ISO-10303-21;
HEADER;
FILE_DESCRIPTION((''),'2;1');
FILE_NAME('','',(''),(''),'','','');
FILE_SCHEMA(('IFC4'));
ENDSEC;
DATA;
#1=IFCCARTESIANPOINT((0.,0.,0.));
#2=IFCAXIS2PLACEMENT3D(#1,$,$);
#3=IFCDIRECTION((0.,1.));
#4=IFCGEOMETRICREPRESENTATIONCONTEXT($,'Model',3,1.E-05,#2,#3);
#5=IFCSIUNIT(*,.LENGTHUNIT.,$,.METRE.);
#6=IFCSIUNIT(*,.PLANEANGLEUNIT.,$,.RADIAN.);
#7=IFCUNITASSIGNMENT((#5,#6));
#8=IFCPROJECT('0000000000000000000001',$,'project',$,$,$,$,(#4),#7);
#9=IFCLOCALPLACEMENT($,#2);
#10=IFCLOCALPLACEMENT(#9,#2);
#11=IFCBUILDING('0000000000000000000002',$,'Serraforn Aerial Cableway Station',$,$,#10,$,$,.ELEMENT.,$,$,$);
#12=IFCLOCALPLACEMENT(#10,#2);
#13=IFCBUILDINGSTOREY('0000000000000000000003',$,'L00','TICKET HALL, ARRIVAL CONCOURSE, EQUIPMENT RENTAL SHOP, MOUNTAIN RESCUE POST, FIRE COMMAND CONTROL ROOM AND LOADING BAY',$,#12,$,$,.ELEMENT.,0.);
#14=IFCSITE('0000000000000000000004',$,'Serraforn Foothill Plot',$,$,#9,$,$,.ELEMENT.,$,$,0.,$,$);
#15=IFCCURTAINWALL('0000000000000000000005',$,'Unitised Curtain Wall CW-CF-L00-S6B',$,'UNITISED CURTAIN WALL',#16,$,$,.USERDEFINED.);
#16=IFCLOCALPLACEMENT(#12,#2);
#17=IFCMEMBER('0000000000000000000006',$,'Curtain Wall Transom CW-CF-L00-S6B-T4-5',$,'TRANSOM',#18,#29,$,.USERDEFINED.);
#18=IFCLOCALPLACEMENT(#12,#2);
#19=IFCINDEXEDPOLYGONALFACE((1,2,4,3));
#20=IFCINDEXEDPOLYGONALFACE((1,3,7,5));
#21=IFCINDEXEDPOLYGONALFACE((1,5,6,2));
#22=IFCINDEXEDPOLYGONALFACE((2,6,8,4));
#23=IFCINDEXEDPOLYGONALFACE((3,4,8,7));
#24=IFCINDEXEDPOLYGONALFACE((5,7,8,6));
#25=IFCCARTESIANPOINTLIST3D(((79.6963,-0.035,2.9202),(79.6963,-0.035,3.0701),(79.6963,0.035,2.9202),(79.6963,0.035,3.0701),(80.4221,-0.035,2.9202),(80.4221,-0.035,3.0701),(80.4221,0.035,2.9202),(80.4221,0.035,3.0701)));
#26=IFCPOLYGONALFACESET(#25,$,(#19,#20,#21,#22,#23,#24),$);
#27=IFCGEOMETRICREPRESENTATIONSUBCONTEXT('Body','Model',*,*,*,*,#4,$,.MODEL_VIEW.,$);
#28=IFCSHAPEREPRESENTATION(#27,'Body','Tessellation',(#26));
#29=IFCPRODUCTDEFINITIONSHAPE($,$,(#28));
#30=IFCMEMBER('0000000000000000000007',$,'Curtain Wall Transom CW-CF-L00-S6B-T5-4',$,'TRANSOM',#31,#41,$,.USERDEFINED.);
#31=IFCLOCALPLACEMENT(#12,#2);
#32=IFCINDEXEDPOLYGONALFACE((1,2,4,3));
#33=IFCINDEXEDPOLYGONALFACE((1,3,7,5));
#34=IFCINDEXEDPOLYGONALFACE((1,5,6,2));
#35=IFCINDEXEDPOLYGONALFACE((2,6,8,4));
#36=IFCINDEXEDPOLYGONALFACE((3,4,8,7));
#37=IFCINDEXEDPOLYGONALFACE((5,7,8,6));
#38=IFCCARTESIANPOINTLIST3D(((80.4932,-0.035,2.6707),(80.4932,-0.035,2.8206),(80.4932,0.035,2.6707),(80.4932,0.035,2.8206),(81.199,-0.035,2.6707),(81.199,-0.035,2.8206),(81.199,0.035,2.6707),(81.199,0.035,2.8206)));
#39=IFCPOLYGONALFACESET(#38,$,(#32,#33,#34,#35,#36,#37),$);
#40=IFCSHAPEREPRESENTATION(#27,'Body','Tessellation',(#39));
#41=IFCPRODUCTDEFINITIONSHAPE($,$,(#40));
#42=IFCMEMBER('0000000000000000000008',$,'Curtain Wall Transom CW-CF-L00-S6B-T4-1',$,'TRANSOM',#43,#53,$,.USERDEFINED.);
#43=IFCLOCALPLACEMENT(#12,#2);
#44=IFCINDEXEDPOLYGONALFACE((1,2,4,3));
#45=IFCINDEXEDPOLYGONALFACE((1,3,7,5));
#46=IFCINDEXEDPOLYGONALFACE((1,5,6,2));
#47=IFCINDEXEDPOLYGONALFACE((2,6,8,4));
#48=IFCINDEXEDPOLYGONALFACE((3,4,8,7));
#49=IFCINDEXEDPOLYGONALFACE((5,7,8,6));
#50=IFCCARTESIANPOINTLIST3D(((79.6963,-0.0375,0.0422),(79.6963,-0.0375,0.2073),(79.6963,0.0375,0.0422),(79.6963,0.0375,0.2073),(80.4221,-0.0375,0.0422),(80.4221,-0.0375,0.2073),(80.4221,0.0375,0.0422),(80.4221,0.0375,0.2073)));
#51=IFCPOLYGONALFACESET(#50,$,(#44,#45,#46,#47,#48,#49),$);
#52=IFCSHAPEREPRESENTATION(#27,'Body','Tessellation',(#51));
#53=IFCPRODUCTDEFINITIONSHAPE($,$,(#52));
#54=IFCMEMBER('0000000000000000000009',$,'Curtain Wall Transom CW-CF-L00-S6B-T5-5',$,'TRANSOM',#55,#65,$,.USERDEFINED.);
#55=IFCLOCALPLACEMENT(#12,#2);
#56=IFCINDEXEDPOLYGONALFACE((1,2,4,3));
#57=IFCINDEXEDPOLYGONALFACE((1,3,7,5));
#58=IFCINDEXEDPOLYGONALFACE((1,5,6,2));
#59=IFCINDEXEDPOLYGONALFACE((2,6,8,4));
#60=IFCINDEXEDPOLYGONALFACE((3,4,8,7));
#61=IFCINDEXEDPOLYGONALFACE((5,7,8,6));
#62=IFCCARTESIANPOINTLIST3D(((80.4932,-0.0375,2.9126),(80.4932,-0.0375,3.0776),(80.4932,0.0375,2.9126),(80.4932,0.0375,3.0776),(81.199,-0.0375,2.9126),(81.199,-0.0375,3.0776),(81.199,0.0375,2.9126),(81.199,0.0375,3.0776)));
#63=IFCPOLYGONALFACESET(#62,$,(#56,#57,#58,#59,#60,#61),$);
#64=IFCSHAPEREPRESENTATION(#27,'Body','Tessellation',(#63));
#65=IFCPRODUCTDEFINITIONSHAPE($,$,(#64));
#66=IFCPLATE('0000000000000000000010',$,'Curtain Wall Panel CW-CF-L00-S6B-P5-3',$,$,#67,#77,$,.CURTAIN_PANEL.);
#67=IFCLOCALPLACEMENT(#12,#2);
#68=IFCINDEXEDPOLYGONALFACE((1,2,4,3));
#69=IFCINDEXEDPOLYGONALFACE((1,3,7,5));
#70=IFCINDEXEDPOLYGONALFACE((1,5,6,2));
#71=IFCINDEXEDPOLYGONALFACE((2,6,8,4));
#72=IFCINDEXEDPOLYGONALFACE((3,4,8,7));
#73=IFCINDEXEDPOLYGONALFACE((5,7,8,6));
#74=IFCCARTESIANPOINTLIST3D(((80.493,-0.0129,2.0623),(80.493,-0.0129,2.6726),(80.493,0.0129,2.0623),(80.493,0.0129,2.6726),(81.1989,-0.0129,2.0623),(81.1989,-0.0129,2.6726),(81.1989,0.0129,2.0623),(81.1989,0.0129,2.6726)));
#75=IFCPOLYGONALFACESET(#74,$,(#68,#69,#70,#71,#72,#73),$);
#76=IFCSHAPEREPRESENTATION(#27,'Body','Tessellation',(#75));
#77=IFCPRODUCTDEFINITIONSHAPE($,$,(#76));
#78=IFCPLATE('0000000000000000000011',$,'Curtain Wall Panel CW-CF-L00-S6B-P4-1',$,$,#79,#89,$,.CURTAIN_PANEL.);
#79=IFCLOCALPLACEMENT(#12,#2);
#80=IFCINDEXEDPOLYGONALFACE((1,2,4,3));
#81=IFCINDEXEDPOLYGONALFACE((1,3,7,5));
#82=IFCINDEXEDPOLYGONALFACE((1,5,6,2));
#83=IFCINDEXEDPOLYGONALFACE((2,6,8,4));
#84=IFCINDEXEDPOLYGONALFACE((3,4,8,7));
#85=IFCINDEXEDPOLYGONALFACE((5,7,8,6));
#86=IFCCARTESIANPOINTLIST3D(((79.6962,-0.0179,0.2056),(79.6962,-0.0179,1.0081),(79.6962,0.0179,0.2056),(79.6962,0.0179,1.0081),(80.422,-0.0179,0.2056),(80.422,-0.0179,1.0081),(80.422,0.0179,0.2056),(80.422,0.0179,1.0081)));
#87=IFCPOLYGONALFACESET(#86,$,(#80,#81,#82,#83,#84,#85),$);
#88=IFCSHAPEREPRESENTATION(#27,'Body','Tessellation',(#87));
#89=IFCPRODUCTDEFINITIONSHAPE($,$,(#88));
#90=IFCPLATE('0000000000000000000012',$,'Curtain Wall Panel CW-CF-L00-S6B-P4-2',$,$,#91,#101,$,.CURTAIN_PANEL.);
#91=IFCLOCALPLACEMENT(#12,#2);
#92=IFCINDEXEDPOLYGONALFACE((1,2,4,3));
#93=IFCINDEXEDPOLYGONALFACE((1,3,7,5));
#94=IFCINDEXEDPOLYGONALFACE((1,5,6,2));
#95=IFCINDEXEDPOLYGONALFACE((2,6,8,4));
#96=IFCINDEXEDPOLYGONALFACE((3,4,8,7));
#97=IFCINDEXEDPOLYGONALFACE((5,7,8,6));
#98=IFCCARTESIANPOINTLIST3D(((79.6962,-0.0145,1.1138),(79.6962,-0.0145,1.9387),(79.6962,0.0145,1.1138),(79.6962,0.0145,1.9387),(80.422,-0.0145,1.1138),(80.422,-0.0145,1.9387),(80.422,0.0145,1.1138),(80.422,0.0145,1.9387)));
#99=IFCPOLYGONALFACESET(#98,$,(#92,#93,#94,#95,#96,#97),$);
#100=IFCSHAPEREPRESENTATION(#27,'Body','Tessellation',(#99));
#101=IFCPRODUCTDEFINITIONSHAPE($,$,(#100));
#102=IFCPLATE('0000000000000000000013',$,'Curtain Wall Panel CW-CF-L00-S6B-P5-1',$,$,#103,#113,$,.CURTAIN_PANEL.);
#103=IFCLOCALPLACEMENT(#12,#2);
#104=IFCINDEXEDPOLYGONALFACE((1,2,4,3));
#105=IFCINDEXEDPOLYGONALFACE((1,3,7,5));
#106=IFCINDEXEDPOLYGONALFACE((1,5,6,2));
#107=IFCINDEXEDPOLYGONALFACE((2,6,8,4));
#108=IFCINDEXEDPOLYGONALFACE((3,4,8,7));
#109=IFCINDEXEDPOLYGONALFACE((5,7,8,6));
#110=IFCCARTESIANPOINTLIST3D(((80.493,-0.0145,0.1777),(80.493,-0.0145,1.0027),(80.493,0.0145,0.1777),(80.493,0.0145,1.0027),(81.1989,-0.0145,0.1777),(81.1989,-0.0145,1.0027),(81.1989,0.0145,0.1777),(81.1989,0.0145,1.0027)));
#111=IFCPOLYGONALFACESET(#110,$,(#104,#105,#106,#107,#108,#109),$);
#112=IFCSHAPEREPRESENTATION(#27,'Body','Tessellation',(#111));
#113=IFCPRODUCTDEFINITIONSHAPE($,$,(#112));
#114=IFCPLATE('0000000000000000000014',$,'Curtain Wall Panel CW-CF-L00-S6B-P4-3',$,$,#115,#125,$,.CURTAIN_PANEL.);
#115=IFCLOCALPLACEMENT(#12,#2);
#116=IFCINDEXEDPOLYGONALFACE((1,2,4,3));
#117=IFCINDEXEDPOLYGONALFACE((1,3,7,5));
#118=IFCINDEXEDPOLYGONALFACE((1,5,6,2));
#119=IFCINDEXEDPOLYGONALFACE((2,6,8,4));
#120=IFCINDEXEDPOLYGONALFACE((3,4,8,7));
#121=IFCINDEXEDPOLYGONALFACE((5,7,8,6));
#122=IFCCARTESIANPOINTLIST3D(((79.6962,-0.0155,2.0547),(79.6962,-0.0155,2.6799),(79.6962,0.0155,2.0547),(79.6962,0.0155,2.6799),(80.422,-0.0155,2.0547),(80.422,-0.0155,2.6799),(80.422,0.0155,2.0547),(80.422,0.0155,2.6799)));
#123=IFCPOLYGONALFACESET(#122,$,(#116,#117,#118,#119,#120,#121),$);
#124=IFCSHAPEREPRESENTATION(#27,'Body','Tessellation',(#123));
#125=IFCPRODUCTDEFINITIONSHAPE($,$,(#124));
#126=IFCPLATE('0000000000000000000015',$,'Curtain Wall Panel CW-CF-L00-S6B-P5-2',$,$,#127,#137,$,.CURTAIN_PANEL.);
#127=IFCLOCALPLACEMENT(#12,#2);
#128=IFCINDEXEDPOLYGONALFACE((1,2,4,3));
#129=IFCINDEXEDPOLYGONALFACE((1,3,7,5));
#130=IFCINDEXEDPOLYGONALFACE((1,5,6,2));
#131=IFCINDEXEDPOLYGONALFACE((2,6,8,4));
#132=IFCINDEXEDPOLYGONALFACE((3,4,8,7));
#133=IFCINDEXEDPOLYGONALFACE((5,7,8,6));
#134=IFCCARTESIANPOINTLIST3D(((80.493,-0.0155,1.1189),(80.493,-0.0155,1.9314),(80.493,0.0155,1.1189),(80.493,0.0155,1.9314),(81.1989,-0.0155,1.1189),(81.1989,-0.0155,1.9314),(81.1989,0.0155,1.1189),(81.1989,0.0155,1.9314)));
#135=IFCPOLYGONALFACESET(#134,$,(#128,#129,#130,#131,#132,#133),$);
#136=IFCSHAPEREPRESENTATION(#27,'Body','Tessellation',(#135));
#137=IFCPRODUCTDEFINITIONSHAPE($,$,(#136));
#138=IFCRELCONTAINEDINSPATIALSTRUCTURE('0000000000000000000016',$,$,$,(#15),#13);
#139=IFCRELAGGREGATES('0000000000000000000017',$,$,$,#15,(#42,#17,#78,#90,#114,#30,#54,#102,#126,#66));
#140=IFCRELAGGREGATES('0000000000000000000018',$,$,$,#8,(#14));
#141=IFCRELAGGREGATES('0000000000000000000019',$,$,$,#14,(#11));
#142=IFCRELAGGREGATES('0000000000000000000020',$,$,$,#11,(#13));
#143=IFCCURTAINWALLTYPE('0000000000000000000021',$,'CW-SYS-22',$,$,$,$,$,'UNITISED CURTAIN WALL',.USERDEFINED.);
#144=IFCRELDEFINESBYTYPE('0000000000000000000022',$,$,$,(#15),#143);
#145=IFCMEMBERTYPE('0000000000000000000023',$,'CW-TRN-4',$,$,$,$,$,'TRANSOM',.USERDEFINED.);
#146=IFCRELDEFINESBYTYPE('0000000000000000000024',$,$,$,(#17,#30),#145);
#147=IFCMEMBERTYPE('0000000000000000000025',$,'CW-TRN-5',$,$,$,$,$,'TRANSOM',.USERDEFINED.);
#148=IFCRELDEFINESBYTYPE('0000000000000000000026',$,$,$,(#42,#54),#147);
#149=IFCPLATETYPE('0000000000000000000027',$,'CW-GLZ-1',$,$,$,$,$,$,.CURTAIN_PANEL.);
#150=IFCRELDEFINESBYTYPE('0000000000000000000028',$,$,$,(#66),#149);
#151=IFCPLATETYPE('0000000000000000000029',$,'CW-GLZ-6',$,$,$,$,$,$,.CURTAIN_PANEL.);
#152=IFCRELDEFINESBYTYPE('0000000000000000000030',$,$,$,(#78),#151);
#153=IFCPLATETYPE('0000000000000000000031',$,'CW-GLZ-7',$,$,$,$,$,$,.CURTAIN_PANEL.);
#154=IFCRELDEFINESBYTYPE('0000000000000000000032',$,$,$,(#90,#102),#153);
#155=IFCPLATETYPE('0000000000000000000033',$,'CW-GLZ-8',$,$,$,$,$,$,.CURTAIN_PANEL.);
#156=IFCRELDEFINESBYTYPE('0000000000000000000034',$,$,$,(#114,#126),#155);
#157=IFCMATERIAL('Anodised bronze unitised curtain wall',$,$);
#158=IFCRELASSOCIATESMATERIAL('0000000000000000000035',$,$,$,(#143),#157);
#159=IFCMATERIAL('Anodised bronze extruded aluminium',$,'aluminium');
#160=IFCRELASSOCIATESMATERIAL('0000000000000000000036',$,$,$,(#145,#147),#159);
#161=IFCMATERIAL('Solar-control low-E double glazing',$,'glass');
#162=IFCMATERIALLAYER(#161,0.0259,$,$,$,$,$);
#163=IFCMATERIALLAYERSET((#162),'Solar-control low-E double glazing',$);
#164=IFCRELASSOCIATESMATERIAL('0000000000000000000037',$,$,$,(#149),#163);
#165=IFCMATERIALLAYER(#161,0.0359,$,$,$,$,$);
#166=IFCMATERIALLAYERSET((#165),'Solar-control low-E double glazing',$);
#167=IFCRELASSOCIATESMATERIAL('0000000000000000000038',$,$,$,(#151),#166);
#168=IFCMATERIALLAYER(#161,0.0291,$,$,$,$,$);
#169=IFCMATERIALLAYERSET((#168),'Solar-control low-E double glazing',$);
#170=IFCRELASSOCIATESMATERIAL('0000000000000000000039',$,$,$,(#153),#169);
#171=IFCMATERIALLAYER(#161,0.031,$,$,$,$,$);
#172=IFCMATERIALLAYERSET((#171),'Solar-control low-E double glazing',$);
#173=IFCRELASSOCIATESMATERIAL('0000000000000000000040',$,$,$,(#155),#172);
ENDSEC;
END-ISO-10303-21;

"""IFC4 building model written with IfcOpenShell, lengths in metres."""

from ifc_helpers import new_model, si_unit, direction, frame, origin, origin_2d, place, context, subcontext, project, spatial, rectangle, extrude, material, layer, layer_set, material_profile, profile_set, type_object, element, aggregate, save


model = new_model("IFC4")

# Units and contexts
model_context = context("Model", 3, precision=1e-05, world=origin(), true_north=direction((0.0, 1.0)))
body_context = subcontext(model_context, "Body", "Model", "MODEL_VIEW")
ifc_project = project(units=[si_unit("LENGTHUNIT", "METRE"), si_unit("PLANEANGLEUNIT", "RADIAN")], contexts=[model_context])

# Site, building, storey
site_placement = place(None, origin())
site = spatial("IfcSite", under=ifc_project, at=site_placement, Name="Serraforn Foothill Plot", CompositionType="ELEMENT", RefElevation=0.0)
building_placement = place(site_placement, origin())
building = spatial("IfcBuilding", under=site, at=building_placement, Name="Serraforn Aerial Cableway Station", CompositionType="ELEMENT")
storey_placement = place(building_placement, origin())
storey = spatial("IfcBuildingStorey", under=building, at=storey_placement, Name="L00", Description="TICKET HALL, ARRIVAL CONCOURSE, EQUIPMENT RENTAL SHOP, MOUNTAIN RESCUE POST, FIRE COMMAND CONTROL ROOM AND LOADING BAY", CompositionType="ELEMENT", Elevation=0.0)

# Curtain wall, members, plates
ifc_material_1 = material(Name="Anodised bronze unitised curtain wall")
curtain_wall_type = type_object("IfcCurtainWallType", Name="CW-SYS-22", ElementType="UNITISED CURTAIN WALL", PredefinedType="USERDEFINED", material=ifc_material_1)
curtain_wall_placement = place(storey_placement, origin())
curtain_wall = element("IfcCurtainWall", 1, at=curtain_wall_placement, inside=storey, type_object=curtain_wall_type, Name="Unitised Curtain Wall CW-CF-L00-S6B", ObjectType="UNITISED CURTAIN WALL", PredefinedType="USERDEFINED")
ifc_material_2 = material(Name="Anodised bronze extruded aluminium", Category="aluminium")
ifc_material_profile_1 = material_profile(ifc_material_2, rectangle(XDim=0.0701, YDim=0.1499, at=origin_2d()), Name="CW TRANSOM 70x150")
ifc_profile_set_1 = profile_set([ifc_material_profile_1], Name="Anodised bronze extruded aluminium")
member_type_1 = type_object("IfcMemberType", Name="CW-TRN-4", ElementType="TRANSOM", PredefinedType="USERDEFINED", material=ifc_profile_set_1)
member_1_placement = place(storey_placement, frame((79.6963, 0.0, 2.9951), z_axis=(1.0, 0.0, 0.0), x_axis=(0.0, 1.0, 0.0)))
member_1 = element("IfcMember", 2, at=member_1_placement, type_object=member_type_1, Name="Curtain Wall Transom CW-CF-L00-S6B-T4-5", ObjectType="TRANSOM", PredefinedType="USERDEFINED", context=body_context, shape_type="SweptSolid", body=[
    extrude(rectangle(XDim=0.0701, YDim=0.1499, at=origin_2d()), origin(), (0.0, 0.0, 1.0), 0.7258),
])
member_2_placement = place(storey_placement, frame((80.4932, 0.0, 2.7456), z_axis=(1.0, 0.0, 0.0), x_axis=(0.0, 1.0, 0.0)))
member_2 = element("IfcMember", 3, at=member_2_placement, type_object=member_type_1, Name="Curtain Wall Transom CW-CF-L00-S6B-T5-4", ObjectType="TRANSOM", PredefinedType="USERDEFINED", context=body_context, shape_type="SweptSolid", body=[
    extrude(rectangle(XDim=0.0701, YDim=0.1499, at=origin_2d()), origin(), (0.0, 0.0, 1.0), 0.7058),
])
ifc_material_profile_2 = material_profile(ifc_material_2, rectangle(XDim=0.075, YDim=0.165, at=origin_2d()), Name="CW TRANSOM 75x165")
ifc_profile_set_2 = profile_set([ifc_material_profile_2], Name="Anodised bronze extruded aluminium")
member_type_2 = type_object("IfcMemberType", Name="CW-TRN-5", ElementType="TRANSOM", PredefinedType="USERDEFINED", material=ifc_profile_set_2)
member_3_placement = place(storey_placement, frame((79.6963, 0.0, 0.1248), z_axis=(1.0, 0.0, 0.0), x_axis=(0.0, 1.0, 0.0)))
member_3 = element("IfcMember", 4, at=member_3_placement, type_object=member_type_2, Name="Curtain Wall Transom CW-CF-L00-S6B-T4-1", ObjectType="TRANSOM", PredefinedType="USERDEFINED", context=body_context, shape_type="SweptSolid", body=[
    extrude(rectangle(XDim=0.075, YDim=0.165, at=origin_2d()), origin(), (0.0, 0.0, 1.0), 0.7258),
])
member_4_placement = place(storey_placement, frame((80.4932, 0.0, 2.9951), z_axis=(1.0, 0.0, 0.0), x_axis=(0.0, 1.0, 0.0)))
member_4 = element("IfcMember", 5, at=member_4_placement, type_object=member_type_2, Name="Curtain Wall Transom CW-CF-L00-S6B-T5-5", ObjectType="TRANSOM", PredefinedType="USERDEFINED", context=body_context, shape_type="SweptSolid", body=[
    extrude(rectangle(XDim=0.075, YDim=0.165, at=origin_2d()), origin(), (0.0, 0.0, 1.0), 0.7058),
])
ifc_material_3 = material(Name="Solar-control low-E double glazing", Category="glass")
ifc_layer_1 = layer(ifc_material_3, 0.0259)
ifc_layer_set_1 = layer_set([ifc_layer_1], Name="Solar-control low-E double glazing")
plate_type_1 = type_object("IfcPlateType", Name="CW-GLZ-1", PredefinedType="CURTAIN_PANEL", material=ifc_layer_set_1)
plate_1_placement = place(storey_placement, frame((80.8459, 0.0, 2.0623), z_axis=(0.0, 0.0, 1.0), x_axis=(1.0, 0.0, 0.0)))
plate_1 = element("IfcPlate", 6, at=plate_1_placement, type_object=plate_type_1, Name="Curtain Wall Panel CW-CF-L00-S6B-P5-3", PredefinedType="CURTAIN_PANEL", context=body_context, shape_type="SweptSolid", body=[
    extrude(rectangle(XDim=0.7058, YDim=0.0259, at=origin_2d()), origin(), (0.0, 0.0, 1.0), 0.6104),
])
ifc_layer_2 = layer(ifc_material_3, 0.0359)
ifc_layer_set_2 = layer_set([ifc_layer_2], Name="Solar-control low-E double glazing")
plate_type_2 = type_object("IfcPlateType", Name="CW-GLZ-6", PredefinedType="CURTAIN_PANEL", material=ifc_layer_set_2)
plate_2_placement = place(storey_placement, frame((80.0591, 0.0, 0.2056), z_axis=(0.0, 0.0, 1.0), x_axis=(1.0, 0.0, 0.0)))
plate_2 = element("IfcPlate", 7, at=plate_2_placement, type_object=plate_type_2, Name="Curtain Wall Panel CW-CF-L00-S6B-P4-1", PredefinedType="CURTAIN_PANEL", context=body_context, shape_type="SweptSolid", body=[
    extrude(rectangle(XDim=0.7258, YDim=0.0359, at=origin_2d()), origin(), (0.0, 0.0, 1.0), 0.8025),
])
ifc_layer_3 = layer(ifc_material_3, 0.0291)
ifc_layer_set_3 = layer_set([ifc_layer_3], Name="Solar-control low-E double glazing")
plate_type_3 = type_object("IfcPlateType", Name="CW-GLZ-7", PredefinedType="CURTAIN_PANEL", material=ifc_layer_set_3)
plate_3_placement = place(storey_placement, frame((80.0591, 0.0, 1.1138), z_axis=(0.0, 0.0, 1.0), x_axis=(1.0, 0.0, 0.0)))
plate_3 = element("IfcPlate", 8, at=plate_3_placement, type_object=plate_type_3, Name="Curtain Wall Panel CW-CF-L00-S6B-P4-2", PredefinedType="CURTAIN_PANEL", context=body_context, shape_type="SweptSolid", body=[
    extrude(rectangle(XDim=0.7258, YDim=0.0291, at=origin_2d()), origin(), (0.0, 0.0, 1.0), 0.825),
])
plate_4_placement = place(storey_placement, frame((80.8459, 0.0, 0.1777), z_axis=(0.0, 0.0, 1.0), x_axis=(1.0, 0.0, 0.0)))
plate_4 = element("IfcPlate", 9, at=plate_4_placement, type_object=plate_type_3, Name="Curtain Wall Panel CW-CF-L00-S6B-P5-1", PredefinedType="CURTAIN_PANEL", context=body_context, shape_type="SweptSolid", body=[
    extrude(rectangle(XDim=0.7058, YDim=0.0291, at=origin_2d()), origin(), (0.0, 0.0, 1.0), 0.825),
])
ifc_layer_4 = layer(ifc_material_3, 0.031)
ifc_layer_set_4 = layer_set([ifc_layer_4], Name="Solar-control low-E double glazing")
plate_type_4 = type_object("IfcPlateType", Name="CW-GLZ-8", PredefinedType="CURTAIN_PANEL", material=ifc_layer_set_4)
plate_5_placement = place(storey_placement, frame((80.0591, 0.0, 2.0547), z_axis=(0.0, 0.0, 1.0), x_axis=(1.0, 0.0, 0.0)))
plate_5 = element("IfcPlate", 10, at=plate_5_placement, type_object=plate_type_4, Name="Curtain Wall Panel CW-CF-L00-S6B-P4-3", PredefinedType="CURTAIN_PANEL", context=body_context, shape_type="SweptSolid", body=[
    extrude(rectangle(XDim=0.7258, YDim=0.031, at=origin_2d()), origin(), (0.0, 0.0, 1.0), 0.6252),
])
plate_6_placement = place(storey_placement, frame((80.8459, 0.0, 1.1189), z_axis=(0.0, 0.0, 1.0), x_axis=(1.0, 0.0, 0.0)))
plate_6 = element("IfcPlate", 11, at=plate_6_placement, type_object=plate_type_4, Name="Curtain Wall Panel CW-CF-L00-S6B-P5-2", PredefinedType="CURTAIN_PANEL", context=body_context, shape_type="SweptSolid", body=[
    extrude(rectangle(XDim=0.7058, YDim=0.031, at=origin_2d()), origin(), (0.0, 0.0, 1.0), 0.8125),
])
aggregate(curtain_wall, [member_3, member_1, plate_2, plate_3, plate_5, member_2, member_4, plate_4, plate_6, plate_1])

save(model, "model.ifc")
